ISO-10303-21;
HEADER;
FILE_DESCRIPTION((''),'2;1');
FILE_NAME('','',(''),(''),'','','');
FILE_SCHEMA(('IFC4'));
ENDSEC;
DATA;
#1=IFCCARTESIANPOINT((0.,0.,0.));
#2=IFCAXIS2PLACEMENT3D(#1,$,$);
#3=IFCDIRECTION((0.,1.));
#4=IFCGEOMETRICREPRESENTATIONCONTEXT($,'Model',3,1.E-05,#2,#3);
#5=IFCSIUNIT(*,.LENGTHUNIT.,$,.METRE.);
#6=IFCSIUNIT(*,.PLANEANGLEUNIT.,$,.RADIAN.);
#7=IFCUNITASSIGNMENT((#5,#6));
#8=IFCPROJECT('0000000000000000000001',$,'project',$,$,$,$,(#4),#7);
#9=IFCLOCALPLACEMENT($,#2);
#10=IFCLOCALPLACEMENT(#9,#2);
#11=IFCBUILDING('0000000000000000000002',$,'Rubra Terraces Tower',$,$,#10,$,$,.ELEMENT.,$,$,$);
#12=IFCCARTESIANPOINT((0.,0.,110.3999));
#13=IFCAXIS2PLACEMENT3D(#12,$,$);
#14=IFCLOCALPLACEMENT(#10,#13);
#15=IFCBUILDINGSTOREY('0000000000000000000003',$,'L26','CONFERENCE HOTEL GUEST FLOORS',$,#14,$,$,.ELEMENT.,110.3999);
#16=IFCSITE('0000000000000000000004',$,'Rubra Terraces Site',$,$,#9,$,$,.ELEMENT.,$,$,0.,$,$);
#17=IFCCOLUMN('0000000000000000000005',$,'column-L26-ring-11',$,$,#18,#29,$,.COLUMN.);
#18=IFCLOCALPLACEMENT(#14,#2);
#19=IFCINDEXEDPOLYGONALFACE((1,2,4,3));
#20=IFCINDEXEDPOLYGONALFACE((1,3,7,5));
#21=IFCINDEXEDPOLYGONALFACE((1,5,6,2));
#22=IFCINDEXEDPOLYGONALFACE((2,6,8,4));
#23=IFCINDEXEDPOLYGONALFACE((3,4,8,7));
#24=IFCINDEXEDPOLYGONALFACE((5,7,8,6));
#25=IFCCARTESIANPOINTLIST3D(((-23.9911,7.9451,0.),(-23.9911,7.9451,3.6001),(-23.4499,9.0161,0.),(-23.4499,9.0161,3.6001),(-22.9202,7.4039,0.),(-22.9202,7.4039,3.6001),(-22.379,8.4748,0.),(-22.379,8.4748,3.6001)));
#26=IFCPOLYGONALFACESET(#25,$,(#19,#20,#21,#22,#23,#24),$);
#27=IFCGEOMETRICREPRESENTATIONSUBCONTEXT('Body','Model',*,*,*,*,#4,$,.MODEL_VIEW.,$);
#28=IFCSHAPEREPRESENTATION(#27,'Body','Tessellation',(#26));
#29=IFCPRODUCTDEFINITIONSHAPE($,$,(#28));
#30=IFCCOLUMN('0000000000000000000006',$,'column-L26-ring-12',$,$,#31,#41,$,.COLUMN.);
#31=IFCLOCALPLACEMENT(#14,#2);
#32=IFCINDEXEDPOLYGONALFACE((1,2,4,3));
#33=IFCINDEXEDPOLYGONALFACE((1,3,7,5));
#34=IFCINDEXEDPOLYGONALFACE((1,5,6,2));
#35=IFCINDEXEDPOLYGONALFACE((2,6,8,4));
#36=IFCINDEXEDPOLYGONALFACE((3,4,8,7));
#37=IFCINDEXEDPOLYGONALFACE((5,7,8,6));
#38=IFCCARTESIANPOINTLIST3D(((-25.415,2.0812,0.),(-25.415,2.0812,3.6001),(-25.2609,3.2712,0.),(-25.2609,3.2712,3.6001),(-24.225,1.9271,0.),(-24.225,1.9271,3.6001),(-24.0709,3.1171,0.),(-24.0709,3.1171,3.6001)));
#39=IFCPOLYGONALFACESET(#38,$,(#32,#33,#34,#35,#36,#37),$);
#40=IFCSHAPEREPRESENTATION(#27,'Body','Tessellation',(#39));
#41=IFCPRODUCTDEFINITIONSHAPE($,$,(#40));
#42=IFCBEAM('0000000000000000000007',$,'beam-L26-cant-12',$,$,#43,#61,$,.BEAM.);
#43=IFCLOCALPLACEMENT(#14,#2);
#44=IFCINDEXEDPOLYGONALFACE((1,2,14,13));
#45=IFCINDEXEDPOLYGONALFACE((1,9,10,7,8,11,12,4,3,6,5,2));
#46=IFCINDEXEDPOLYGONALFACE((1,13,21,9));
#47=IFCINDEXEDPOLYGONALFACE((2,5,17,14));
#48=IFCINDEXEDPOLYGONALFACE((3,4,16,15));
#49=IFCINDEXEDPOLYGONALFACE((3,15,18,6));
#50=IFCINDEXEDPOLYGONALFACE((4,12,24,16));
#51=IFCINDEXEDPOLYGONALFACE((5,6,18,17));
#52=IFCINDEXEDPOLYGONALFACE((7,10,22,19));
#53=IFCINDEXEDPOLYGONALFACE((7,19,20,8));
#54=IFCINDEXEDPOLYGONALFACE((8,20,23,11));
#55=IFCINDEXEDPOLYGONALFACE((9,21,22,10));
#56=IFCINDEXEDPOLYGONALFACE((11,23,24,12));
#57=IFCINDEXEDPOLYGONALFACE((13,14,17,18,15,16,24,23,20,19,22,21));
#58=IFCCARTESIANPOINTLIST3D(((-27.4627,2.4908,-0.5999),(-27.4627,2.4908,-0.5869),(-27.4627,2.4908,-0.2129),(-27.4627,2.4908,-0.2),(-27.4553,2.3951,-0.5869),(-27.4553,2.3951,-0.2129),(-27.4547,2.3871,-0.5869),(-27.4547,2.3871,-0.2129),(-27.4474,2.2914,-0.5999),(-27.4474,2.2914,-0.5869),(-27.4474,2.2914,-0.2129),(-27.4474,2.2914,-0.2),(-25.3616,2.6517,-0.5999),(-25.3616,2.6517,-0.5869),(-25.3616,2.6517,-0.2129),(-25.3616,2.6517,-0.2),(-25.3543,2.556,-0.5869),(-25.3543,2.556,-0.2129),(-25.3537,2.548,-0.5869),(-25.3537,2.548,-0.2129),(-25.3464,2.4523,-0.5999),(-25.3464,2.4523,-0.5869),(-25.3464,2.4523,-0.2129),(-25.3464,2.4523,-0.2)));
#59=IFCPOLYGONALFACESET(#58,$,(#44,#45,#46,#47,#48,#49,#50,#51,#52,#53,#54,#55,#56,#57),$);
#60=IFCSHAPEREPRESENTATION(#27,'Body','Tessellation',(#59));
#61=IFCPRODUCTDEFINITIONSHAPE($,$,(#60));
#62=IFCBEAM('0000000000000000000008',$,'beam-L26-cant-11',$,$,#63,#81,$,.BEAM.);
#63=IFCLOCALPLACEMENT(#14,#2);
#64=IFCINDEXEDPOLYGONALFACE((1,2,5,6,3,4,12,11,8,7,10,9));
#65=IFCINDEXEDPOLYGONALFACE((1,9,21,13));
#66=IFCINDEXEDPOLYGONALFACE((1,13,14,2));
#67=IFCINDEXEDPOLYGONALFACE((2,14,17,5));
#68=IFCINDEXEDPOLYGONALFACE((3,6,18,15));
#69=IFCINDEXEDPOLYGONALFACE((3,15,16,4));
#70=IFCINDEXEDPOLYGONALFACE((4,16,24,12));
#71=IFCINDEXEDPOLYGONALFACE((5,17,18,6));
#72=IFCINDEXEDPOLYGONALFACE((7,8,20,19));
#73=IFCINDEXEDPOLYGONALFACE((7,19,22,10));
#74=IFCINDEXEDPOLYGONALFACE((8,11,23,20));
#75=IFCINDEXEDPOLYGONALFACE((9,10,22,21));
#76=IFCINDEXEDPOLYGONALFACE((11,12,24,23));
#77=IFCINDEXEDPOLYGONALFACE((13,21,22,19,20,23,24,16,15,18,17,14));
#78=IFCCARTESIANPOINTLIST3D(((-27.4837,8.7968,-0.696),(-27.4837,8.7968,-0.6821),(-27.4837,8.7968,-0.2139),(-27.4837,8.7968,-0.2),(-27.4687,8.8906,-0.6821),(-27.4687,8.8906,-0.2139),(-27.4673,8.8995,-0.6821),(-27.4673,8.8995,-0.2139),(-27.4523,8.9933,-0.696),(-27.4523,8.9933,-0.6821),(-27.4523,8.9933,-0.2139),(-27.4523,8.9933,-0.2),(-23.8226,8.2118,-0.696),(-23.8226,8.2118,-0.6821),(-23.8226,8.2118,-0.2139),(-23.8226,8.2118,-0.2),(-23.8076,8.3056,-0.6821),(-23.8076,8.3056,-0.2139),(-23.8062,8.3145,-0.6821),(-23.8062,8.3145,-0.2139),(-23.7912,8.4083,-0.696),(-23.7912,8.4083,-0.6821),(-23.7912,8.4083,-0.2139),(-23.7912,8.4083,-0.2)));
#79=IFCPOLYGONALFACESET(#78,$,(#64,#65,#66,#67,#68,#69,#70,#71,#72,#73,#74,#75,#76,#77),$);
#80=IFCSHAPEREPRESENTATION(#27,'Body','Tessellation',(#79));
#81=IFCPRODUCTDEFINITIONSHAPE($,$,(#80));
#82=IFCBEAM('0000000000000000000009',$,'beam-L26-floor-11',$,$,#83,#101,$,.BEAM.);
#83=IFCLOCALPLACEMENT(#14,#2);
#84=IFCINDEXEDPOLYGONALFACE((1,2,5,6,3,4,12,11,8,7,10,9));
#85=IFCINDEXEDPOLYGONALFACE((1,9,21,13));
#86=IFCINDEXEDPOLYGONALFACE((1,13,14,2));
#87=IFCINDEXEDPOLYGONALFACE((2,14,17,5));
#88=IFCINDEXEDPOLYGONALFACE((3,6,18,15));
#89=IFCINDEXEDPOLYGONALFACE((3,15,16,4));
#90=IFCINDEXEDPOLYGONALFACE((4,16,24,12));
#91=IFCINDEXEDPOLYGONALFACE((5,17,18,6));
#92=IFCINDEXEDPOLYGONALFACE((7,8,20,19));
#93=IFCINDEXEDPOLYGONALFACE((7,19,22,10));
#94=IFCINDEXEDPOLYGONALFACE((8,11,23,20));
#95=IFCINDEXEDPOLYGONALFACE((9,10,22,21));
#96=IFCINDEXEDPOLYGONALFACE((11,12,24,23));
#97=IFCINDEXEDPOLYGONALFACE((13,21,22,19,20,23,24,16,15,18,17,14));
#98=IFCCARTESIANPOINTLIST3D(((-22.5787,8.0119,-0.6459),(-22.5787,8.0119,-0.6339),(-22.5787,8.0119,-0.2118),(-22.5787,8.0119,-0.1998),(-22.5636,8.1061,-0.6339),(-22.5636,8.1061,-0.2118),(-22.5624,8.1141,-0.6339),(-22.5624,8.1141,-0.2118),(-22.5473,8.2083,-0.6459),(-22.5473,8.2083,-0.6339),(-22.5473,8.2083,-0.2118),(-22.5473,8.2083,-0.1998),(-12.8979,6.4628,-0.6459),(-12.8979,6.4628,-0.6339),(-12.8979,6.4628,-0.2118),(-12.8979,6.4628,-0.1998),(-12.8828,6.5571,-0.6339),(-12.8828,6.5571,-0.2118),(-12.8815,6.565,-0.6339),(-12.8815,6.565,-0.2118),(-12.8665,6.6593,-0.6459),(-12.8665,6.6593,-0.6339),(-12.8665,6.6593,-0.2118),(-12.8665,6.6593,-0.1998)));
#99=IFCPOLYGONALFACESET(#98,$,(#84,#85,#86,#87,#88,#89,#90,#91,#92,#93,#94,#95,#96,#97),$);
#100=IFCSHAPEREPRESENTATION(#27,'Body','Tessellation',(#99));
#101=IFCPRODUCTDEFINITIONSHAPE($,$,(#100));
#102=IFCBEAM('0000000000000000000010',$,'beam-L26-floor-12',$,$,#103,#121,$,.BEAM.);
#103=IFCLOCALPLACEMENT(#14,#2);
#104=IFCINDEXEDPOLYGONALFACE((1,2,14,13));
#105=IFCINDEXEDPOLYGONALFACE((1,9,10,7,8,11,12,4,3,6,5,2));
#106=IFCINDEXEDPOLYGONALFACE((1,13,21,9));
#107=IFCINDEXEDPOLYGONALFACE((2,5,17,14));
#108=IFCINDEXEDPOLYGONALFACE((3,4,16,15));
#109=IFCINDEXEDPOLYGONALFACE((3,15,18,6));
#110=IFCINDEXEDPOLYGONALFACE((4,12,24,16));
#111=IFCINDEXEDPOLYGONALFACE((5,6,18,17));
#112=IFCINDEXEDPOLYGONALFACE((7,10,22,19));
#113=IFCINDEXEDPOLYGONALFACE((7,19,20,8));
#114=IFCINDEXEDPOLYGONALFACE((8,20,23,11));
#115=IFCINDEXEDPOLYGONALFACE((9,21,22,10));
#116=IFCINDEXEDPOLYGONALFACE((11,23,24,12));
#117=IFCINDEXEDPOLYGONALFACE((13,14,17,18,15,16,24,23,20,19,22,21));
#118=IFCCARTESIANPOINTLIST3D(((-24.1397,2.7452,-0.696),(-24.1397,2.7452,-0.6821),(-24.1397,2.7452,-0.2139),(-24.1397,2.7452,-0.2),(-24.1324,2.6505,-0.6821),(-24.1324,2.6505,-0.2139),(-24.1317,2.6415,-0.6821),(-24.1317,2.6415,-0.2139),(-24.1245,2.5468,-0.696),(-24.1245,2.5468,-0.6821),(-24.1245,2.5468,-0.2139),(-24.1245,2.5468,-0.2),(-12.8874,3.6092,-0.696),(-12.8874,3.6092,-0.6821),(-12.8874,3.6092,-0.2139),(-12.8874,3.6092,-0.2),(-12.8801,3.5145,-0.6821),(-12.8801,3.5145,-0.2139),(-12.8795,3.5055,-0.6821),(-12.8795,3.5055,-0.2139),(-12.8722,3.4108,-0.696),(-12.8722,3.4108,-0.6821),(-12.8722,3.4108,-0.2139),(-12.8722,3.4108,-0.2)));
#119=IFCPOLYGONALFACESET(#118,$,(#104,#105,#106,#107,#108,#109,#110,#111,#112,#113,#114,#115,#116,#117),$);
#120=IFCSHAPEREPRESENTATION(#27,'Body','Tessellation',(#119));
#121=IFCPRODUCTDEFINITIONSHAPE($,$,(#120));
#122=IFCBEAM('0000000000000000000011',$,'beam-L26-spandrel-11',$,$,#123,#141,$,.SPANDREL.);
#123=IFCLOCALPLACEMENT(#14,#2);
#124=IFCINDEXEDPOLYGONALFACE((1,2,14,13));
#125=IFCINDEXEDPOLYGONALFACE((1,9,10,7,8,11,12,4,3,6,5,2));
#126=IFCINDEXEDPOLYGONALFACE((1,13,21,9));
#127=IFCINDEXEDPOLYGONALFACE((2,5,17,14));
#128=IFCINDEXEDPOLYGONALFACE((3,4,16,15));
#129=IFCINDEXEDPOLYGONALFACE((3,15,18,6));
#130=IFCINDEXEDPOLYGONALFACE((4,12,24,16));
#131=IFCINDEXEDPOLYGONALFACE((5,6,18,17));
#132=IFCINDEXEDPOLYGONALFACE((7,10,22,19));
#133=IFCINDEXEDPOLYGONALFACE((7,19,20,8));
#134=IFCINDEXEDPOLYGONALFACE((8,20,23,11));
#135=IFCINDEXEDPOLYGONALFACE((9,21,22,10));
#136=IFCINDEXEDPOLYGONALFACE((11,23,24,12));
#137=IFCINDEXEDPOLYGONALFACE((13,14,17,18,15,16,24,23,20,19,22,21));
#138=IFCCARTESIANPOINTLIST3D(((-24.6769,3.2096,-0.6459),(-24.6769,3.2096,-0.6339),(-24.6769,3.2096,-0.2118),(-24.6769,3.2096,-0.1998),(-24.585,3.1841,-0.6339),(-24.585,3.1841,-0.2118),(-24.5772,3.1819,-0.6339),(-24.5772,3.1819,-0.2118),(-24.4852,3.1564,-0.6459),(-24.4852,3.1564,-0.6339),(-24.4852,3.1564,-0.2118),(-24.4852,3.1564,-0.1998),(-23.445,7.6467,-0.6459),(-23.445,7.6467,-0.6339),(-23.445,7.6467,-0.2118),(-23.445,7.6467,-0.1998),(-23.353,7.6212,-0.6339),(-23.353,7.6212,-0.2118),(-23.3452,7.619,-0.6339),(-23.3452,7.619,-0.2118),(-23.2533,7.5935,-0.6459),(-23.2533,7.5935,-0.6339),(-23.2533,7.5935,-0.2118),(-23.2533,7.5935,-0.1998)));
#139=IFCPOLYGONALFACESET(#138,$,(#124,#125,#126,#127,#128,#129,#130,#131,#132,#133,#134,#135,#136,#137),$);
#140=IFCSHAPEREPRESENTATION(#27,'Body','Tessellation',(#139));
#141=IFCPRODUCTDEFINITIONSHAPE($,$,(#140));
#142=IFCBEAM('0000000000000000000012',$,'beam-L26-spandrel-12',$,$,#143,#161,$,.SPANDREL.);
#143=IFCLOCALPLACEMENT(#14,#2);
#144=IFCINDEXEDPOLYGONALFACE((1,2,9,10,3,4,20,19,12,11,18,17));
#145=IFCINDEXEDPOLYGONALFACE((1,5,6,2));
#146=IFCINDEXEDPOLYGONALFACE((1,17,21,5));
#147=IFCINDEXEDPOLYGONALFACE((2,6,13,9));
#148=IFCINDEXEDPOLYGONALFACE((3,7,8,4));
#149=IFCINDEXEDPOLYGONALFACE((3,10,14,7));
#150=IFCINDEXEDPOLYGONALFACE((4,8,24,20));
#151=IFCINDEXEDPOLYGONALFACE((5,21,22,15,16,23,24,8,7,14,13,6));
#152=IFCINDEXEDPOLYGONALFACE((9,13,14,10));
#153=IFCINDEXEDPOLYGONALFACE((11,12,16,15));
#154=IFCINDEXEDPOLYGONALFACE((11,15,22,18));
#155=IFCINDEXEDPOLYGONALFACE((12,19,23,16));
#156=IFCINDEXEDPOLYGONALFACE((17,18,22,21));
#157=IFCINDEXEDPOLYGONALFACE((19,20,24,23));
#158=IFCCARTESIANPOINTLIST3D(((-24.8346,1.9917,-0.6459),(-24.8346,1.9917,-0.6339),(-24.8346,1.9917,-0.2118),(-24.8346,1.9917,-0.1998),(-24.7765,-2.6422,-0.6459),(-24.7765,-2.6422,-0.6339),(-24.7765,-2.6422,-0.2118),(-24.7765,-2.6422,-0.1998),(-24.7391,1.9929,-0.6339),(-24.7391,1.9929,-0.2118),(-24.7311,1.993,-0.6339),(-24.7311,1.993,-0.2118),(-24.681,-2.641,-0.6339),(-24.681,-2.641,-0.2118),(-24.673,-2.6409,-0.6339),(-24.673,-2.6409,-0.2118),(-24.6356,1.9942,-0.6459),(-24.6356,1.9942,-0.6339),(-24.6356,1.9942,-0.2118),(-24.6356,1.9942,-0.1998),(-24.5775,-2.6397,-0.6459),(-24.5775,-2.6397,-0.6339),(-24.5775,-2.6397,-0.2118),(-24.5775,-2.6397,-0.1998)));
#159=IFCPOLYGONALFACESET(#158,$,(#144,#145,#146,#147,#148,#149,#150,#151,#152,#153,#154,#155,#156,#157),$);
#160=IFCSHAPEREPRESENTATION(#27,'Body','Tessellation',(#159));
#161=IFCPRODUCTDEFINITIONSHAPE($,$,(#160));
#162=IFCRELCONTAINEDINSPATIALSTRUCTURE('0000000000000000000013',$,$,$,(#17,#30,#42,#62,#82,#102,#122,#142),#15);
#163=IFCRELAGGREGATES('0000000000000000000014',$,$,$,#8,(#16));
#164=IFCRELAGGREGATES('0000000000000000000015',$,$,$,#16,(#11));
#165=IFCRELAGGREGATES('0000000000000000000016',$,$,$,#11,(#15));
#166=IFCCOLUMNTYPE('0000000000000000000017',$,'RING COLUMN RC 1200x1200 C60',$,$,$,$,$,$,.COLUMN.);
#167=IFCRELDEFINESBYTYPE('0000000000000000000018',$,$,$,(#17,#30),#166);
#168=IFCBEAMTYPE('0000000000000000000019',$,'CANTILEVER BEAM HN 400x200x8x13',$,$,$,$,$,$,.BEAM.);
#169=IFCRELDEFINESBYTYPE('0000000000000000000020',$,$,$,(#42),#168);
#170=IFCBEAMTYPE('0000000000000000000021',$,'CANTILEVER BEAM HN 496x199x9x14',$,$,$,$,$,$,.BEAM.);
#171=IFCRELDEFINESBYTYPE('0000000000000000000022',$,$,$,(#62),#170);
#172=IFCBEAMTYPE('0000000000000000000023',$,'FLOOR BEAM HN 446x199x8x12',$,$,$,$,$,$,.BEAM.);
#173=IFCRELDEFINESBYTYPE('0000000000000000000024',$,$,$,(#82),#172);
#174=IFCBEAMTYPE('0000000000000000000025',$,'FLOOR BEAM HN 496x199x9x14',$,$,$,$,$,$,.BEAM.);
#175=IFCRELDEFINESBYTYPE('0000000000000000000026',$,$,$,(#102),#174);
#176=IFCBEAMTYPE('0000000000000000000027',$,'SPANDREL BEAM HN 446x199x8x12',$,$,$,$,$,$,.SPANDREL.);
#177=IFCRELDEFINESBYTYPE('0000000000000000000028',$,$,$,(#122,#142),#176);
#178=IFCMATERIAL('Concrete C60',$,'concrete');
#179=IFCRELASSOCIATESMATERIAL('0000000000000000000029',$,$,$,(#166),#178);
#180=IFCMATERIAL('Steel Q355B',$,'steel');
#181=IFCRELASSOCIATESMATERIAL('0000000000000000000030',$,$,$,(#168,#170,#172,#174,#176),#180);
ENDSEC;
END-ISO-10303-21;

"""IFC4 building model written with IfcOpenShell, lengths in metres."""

from ifc_helpers import new_model, si_unit, direction, frame, origin, origin_2d, place, context, subcontext, project, spatial, rectangle, i_section, extrude, material, material_profile, profile_set, type_object, element, save


model = new_model("IFC4")

# Units and contexts
model_context = context("Model", 3, precision=1e-05, world=origin(), true_north=direction((0.0, 1.0)))
body_context = subcontext(model_context, "Body", "Model", "MODEL_VIEW")
ifc_project = project(units=[si_unit("LENGTHUNIT", "METRE"), si_unit("PLANEANGLEUNIT", "RADIAN")], contexts=[model_context])

# Site, building, storey
site_placement = place(None, origin())
site = spatial("IfcSite", under=ifc_project, at=site_placement, Name="Rubra Terraces Site", CompositionType="ELEMENT", RefElevation=0.0)
building_placement = place(site_placement, origin())
building = spatial("IfcBuilding", under=site, at=building_placement, Name="Rubra Terraces Tower", CompositionType="ELEMENT")
storey_placement = place(building_placement, frame((0.0, 0.0, 110.3999)))
storey = spatial("IfcBuildingStorey", under=building, at=storey_placement, Name="L26", Description="CONFERENCE HOTEL GUEST FLOORS", CompositionType="ELEMENT", Elevation=110.3999)

# Columns
ifc_material_1 = material(Name="Concrete C60", Category="concrete")
ifc_material_profile_1 = material_profile(ifc_material_1, rectangle(XDim=1.2, YDim=1.2, at=origin_2d()), Name="RC 1200x1200")
ifc_profile_set_1 = profile_set([ifc_material_profile_1], Name="Concrete C60")
column_type = type_object("IfcColumnType", Name="RING COLUMN RC 1200x1200 C60", PredefinedType="COLUMN", material=ifc_profile_set_1)
for number, where, z_axis, x_axis, name in (
    (1, (-23.1851, 8.21, 0.0), (0.0, 0.0, 1.0), (-0.451028, -0.89251, 0.0), "column-L26-ring-11"),
    (2, (-24.7429, 2.5991, 0.0), (0.0, 0.0, 1.0), (-0.128444, -0.991717, 0.0), "column-L26-ring-12"),
):
    element("IfcColumn", number, at=place(storey_placement, frame(where, z_axis=z_axis, x_axis=x_axis)), inside=storey, type_object=column_type, Name=name, PredefinedType="COLUMN", context=body_context, shape_type="SweptSolid", body=[
        extrude(rectangle(XDim=1.2, YDim=1.2, at=origin_2d()), origin(), (0.0, 0.0, 1.0), 3.6001),
    ])

# Beams
ifc_material_2 = material(Name="Steel Q355B", Category="steel")
ifc_material_profile_2 = material_profile(ifc_material_2, i_section(OverallWidth=0.2, OverallDepth=0.3999, WebThickness=0.0081, FlangeThickness=0.0129, at=origin_2d()), Name="HN 400x200x8x13")
ifc_profile_set_2 = profile_set([ifc_material_profile_2], Name="Steel Q355B")
beam_type_1 = type_object("IfcBeamType", Name="CANTILEVER BEAM HN 400x200x8x13", PredefinedType="BEAM", material=ifc_profile_set_2)
beam_1_placement = place(storey_placement, frame((-25.354, 2.552, -0.3999), z_axis=(-0.997081, -0.076351, 0.0), x_axis=(0.076351, -0.997081, 0.0)))
element("IfcBeam", 3, at=beam_1_placement, inside=storey, type_object=beam_type_1, Name="beam-L26-cant-12", PredefinedType="BEAM", context=body_context, shape_type="SweptSolid", body=[
    extrude(i_section(OverallWidth=0.2, OverallDepth=0.3999, WebThickness=0.0081, FlangeThickness=0.0129, at=origin_2d()), origin(), (0.0, 0.0, 1.0), 2.1072),
])
ifc_material_profile_3 = material_profile(ifc_material_2, i_section(OverallWidth=0.199, OverallDepth=0.4961, WebThickness=0.009, FlangeThickness=0.0139, at=origin_2d()), Name="HN 496x199x9x14")
ifc_profile_set_3 = profile_set([ifc_material_profile_3], Name="Steel Q355B")
beam_type_2 = type_object("IfcBeamType", Name="CANTILEVER BEAM HN 496x199x9x14", PredefinedType="BEAM", material=ifc_profile_set_3)
beam_2_placement = place(storey_placement, frame((-23.8069, 8.3101, -0.448), z_axis=(-0.987475, 0.157775, 0.0), x_axis=(-0.157775, -0.987475, 0.0)))
element("IfcBeam", 4, at=beam_2_placement, inside=storey, type_object=beam_type_2, Name="beam-L26-cant-11", PredefinedType="BEAM", context=body_context, shape_type="SweptSolid", body=[
    extrude(i_section(OverallWidth=0.199, OverallDepth=0.4961, WebThickness=0.009, FlangeThickness=0.0139, at=origin_2d()), origin(), (0.0, 0.0, 1.0), 3.7075),
])
ifc_material_profile_4 = material_profile(ifc_material_2, i_section(OverallWidth=0.199, OverallDepth=0.446, WebThickness=0.0081, FlangeThickness=0.012, at=origin_2d()), Name="HN 446x199x8x12")
ifc_profile_set_4 = profile_set([ifc_material_profile_4], Name="Steel Q355B")
beam_type_3 = type_object("IfcBeamType", Name="FLOOR BEAM HN 446x199x8x12", PredefinedType="BEAM", material=ifc_profile_set_4)
beam_3_placement = place(storey_placement, frame((-22.563, 8.1101, -0.4229), z_axis=(0.987439, -0.158003, 0.0), x_axis=(0.158003, 0.987439, 0.0)))
element("IfcBeam", 5, at=beam_3_placement, inside=storey, type_object=beam_type_3, Name="beam-L26-floor-11", PredefinedType="BEAM", context=body_context, shape_type="SweptSolid", body=[
    extrude(i_section(OverallWidth=0.199, OverallDepth=0.446, WebThickness=0.0081, FlangeThickness=0.012, at=origin_2d()), origin(), (0.0, 0.0, 1.0), 9.804),
])
ifc_material_profile_5 = material_profile(ifc_material_2, i_section(OverallWidth=0.199, OverallDepth=0.4961, WebThickness=0.009, FlangeThickness=0.0139, at=origin_2d()), Name="HN 496x199x9x14")
ifc_profile_set_5 = profile_set([ifc_material_profile_5], Name="Steel Q355B")
beam_type_4 = type_object("IfcBeamType", Name="FLOOR BEAM HN 496x199x9x14", PredefinedType="BEAM", material=ifc_profile_set_5)
beam_4_placement = place(storey_placement, frame((-24.1321, 2.646, -0.448), z_axis=(0.997065, 0.076561, 0.0), x_axis=(-0.076561, 0.997065, 0.0)))
element("IfcBeam", 6, at=beam_4_placement, inside=storey, type_object=beam_type_4, Name="beam-L26-floor-12", PredefinedType="BEAM", context=body_context, shape_type="SweptSolid", body=[
    extrude(i_section(OverallWidth=0.199, OverallDepth=0.4961, WebThickness=0.009, FlangeThickness=0.0139, at=origin_2d()), origin(), (0.0, 0.0, 1.0), 11.2854),
])
ifc_material_profile_6 = material_profile(ifc_material_2, i_section(OverallWidth=0.199, OverallDepth=0.446, WebThickness=0.0081, FlangeThickness=0.012, at=origin_2d()), Name="HN 446x199x8x12")
ifc_profile_set_6 = profile_set([ifc_material_profile_6], Name="Steel Q355B")
beam_type_5 = type_object("IfcBeamType", Name="SPANDREL BEAM HN 446x199x8x12", PredefinedType="SPANDREL", material=ifc_profile_set_6)
beam_5_placement = place(storey_placement, frame((-23.3491, 7.6201, -0.4229), z_axis=(-0.267529, -0.96355, 0.0), x_axis=(0.96355, -0.267529, 0.0)))
element("IfcBeam", 7, at=beam_5_placement, inside=storey, type_object=beam_type_5, Name="beam-L26-spandrel-11", PredefinedType="SPANDREL", context=body_context, shape_type="SweptSolid", body=[
    extrude(i_section(OverallWidth=0.199, OverallDepth=0.446, WebThickness=0.0081, FlangeThickness=0.012, at=origin_2d()), origin(), (0.0, 0.0, 1.0), 4.605),
])
beam_6_placement = place(storey_placement, frame((-24.7351, 1.9929, -0.4229), z_axis=(0.012538, -0.999921, 0.0), x_axis=(0.999921, 0.012538, 0.0)))
element("IfcBeam", 8, at=beam_6_placement, inside=storey, type_object=beam_type_5, Name="beam-L26-spandrel-12", PredefinedType="SPANDREL", context=body_context, shape_type="SweptSolid", body=[
    extrude(i_section(OverallWidth=0.199, OverallDepth=0.446, WebThickness=0.0081, FlangeThickness=0.012, at=origin_2d()), origin(), (0.0, 0.0, 1.0), 4.6343),
])

save(model, "model.ifc")
